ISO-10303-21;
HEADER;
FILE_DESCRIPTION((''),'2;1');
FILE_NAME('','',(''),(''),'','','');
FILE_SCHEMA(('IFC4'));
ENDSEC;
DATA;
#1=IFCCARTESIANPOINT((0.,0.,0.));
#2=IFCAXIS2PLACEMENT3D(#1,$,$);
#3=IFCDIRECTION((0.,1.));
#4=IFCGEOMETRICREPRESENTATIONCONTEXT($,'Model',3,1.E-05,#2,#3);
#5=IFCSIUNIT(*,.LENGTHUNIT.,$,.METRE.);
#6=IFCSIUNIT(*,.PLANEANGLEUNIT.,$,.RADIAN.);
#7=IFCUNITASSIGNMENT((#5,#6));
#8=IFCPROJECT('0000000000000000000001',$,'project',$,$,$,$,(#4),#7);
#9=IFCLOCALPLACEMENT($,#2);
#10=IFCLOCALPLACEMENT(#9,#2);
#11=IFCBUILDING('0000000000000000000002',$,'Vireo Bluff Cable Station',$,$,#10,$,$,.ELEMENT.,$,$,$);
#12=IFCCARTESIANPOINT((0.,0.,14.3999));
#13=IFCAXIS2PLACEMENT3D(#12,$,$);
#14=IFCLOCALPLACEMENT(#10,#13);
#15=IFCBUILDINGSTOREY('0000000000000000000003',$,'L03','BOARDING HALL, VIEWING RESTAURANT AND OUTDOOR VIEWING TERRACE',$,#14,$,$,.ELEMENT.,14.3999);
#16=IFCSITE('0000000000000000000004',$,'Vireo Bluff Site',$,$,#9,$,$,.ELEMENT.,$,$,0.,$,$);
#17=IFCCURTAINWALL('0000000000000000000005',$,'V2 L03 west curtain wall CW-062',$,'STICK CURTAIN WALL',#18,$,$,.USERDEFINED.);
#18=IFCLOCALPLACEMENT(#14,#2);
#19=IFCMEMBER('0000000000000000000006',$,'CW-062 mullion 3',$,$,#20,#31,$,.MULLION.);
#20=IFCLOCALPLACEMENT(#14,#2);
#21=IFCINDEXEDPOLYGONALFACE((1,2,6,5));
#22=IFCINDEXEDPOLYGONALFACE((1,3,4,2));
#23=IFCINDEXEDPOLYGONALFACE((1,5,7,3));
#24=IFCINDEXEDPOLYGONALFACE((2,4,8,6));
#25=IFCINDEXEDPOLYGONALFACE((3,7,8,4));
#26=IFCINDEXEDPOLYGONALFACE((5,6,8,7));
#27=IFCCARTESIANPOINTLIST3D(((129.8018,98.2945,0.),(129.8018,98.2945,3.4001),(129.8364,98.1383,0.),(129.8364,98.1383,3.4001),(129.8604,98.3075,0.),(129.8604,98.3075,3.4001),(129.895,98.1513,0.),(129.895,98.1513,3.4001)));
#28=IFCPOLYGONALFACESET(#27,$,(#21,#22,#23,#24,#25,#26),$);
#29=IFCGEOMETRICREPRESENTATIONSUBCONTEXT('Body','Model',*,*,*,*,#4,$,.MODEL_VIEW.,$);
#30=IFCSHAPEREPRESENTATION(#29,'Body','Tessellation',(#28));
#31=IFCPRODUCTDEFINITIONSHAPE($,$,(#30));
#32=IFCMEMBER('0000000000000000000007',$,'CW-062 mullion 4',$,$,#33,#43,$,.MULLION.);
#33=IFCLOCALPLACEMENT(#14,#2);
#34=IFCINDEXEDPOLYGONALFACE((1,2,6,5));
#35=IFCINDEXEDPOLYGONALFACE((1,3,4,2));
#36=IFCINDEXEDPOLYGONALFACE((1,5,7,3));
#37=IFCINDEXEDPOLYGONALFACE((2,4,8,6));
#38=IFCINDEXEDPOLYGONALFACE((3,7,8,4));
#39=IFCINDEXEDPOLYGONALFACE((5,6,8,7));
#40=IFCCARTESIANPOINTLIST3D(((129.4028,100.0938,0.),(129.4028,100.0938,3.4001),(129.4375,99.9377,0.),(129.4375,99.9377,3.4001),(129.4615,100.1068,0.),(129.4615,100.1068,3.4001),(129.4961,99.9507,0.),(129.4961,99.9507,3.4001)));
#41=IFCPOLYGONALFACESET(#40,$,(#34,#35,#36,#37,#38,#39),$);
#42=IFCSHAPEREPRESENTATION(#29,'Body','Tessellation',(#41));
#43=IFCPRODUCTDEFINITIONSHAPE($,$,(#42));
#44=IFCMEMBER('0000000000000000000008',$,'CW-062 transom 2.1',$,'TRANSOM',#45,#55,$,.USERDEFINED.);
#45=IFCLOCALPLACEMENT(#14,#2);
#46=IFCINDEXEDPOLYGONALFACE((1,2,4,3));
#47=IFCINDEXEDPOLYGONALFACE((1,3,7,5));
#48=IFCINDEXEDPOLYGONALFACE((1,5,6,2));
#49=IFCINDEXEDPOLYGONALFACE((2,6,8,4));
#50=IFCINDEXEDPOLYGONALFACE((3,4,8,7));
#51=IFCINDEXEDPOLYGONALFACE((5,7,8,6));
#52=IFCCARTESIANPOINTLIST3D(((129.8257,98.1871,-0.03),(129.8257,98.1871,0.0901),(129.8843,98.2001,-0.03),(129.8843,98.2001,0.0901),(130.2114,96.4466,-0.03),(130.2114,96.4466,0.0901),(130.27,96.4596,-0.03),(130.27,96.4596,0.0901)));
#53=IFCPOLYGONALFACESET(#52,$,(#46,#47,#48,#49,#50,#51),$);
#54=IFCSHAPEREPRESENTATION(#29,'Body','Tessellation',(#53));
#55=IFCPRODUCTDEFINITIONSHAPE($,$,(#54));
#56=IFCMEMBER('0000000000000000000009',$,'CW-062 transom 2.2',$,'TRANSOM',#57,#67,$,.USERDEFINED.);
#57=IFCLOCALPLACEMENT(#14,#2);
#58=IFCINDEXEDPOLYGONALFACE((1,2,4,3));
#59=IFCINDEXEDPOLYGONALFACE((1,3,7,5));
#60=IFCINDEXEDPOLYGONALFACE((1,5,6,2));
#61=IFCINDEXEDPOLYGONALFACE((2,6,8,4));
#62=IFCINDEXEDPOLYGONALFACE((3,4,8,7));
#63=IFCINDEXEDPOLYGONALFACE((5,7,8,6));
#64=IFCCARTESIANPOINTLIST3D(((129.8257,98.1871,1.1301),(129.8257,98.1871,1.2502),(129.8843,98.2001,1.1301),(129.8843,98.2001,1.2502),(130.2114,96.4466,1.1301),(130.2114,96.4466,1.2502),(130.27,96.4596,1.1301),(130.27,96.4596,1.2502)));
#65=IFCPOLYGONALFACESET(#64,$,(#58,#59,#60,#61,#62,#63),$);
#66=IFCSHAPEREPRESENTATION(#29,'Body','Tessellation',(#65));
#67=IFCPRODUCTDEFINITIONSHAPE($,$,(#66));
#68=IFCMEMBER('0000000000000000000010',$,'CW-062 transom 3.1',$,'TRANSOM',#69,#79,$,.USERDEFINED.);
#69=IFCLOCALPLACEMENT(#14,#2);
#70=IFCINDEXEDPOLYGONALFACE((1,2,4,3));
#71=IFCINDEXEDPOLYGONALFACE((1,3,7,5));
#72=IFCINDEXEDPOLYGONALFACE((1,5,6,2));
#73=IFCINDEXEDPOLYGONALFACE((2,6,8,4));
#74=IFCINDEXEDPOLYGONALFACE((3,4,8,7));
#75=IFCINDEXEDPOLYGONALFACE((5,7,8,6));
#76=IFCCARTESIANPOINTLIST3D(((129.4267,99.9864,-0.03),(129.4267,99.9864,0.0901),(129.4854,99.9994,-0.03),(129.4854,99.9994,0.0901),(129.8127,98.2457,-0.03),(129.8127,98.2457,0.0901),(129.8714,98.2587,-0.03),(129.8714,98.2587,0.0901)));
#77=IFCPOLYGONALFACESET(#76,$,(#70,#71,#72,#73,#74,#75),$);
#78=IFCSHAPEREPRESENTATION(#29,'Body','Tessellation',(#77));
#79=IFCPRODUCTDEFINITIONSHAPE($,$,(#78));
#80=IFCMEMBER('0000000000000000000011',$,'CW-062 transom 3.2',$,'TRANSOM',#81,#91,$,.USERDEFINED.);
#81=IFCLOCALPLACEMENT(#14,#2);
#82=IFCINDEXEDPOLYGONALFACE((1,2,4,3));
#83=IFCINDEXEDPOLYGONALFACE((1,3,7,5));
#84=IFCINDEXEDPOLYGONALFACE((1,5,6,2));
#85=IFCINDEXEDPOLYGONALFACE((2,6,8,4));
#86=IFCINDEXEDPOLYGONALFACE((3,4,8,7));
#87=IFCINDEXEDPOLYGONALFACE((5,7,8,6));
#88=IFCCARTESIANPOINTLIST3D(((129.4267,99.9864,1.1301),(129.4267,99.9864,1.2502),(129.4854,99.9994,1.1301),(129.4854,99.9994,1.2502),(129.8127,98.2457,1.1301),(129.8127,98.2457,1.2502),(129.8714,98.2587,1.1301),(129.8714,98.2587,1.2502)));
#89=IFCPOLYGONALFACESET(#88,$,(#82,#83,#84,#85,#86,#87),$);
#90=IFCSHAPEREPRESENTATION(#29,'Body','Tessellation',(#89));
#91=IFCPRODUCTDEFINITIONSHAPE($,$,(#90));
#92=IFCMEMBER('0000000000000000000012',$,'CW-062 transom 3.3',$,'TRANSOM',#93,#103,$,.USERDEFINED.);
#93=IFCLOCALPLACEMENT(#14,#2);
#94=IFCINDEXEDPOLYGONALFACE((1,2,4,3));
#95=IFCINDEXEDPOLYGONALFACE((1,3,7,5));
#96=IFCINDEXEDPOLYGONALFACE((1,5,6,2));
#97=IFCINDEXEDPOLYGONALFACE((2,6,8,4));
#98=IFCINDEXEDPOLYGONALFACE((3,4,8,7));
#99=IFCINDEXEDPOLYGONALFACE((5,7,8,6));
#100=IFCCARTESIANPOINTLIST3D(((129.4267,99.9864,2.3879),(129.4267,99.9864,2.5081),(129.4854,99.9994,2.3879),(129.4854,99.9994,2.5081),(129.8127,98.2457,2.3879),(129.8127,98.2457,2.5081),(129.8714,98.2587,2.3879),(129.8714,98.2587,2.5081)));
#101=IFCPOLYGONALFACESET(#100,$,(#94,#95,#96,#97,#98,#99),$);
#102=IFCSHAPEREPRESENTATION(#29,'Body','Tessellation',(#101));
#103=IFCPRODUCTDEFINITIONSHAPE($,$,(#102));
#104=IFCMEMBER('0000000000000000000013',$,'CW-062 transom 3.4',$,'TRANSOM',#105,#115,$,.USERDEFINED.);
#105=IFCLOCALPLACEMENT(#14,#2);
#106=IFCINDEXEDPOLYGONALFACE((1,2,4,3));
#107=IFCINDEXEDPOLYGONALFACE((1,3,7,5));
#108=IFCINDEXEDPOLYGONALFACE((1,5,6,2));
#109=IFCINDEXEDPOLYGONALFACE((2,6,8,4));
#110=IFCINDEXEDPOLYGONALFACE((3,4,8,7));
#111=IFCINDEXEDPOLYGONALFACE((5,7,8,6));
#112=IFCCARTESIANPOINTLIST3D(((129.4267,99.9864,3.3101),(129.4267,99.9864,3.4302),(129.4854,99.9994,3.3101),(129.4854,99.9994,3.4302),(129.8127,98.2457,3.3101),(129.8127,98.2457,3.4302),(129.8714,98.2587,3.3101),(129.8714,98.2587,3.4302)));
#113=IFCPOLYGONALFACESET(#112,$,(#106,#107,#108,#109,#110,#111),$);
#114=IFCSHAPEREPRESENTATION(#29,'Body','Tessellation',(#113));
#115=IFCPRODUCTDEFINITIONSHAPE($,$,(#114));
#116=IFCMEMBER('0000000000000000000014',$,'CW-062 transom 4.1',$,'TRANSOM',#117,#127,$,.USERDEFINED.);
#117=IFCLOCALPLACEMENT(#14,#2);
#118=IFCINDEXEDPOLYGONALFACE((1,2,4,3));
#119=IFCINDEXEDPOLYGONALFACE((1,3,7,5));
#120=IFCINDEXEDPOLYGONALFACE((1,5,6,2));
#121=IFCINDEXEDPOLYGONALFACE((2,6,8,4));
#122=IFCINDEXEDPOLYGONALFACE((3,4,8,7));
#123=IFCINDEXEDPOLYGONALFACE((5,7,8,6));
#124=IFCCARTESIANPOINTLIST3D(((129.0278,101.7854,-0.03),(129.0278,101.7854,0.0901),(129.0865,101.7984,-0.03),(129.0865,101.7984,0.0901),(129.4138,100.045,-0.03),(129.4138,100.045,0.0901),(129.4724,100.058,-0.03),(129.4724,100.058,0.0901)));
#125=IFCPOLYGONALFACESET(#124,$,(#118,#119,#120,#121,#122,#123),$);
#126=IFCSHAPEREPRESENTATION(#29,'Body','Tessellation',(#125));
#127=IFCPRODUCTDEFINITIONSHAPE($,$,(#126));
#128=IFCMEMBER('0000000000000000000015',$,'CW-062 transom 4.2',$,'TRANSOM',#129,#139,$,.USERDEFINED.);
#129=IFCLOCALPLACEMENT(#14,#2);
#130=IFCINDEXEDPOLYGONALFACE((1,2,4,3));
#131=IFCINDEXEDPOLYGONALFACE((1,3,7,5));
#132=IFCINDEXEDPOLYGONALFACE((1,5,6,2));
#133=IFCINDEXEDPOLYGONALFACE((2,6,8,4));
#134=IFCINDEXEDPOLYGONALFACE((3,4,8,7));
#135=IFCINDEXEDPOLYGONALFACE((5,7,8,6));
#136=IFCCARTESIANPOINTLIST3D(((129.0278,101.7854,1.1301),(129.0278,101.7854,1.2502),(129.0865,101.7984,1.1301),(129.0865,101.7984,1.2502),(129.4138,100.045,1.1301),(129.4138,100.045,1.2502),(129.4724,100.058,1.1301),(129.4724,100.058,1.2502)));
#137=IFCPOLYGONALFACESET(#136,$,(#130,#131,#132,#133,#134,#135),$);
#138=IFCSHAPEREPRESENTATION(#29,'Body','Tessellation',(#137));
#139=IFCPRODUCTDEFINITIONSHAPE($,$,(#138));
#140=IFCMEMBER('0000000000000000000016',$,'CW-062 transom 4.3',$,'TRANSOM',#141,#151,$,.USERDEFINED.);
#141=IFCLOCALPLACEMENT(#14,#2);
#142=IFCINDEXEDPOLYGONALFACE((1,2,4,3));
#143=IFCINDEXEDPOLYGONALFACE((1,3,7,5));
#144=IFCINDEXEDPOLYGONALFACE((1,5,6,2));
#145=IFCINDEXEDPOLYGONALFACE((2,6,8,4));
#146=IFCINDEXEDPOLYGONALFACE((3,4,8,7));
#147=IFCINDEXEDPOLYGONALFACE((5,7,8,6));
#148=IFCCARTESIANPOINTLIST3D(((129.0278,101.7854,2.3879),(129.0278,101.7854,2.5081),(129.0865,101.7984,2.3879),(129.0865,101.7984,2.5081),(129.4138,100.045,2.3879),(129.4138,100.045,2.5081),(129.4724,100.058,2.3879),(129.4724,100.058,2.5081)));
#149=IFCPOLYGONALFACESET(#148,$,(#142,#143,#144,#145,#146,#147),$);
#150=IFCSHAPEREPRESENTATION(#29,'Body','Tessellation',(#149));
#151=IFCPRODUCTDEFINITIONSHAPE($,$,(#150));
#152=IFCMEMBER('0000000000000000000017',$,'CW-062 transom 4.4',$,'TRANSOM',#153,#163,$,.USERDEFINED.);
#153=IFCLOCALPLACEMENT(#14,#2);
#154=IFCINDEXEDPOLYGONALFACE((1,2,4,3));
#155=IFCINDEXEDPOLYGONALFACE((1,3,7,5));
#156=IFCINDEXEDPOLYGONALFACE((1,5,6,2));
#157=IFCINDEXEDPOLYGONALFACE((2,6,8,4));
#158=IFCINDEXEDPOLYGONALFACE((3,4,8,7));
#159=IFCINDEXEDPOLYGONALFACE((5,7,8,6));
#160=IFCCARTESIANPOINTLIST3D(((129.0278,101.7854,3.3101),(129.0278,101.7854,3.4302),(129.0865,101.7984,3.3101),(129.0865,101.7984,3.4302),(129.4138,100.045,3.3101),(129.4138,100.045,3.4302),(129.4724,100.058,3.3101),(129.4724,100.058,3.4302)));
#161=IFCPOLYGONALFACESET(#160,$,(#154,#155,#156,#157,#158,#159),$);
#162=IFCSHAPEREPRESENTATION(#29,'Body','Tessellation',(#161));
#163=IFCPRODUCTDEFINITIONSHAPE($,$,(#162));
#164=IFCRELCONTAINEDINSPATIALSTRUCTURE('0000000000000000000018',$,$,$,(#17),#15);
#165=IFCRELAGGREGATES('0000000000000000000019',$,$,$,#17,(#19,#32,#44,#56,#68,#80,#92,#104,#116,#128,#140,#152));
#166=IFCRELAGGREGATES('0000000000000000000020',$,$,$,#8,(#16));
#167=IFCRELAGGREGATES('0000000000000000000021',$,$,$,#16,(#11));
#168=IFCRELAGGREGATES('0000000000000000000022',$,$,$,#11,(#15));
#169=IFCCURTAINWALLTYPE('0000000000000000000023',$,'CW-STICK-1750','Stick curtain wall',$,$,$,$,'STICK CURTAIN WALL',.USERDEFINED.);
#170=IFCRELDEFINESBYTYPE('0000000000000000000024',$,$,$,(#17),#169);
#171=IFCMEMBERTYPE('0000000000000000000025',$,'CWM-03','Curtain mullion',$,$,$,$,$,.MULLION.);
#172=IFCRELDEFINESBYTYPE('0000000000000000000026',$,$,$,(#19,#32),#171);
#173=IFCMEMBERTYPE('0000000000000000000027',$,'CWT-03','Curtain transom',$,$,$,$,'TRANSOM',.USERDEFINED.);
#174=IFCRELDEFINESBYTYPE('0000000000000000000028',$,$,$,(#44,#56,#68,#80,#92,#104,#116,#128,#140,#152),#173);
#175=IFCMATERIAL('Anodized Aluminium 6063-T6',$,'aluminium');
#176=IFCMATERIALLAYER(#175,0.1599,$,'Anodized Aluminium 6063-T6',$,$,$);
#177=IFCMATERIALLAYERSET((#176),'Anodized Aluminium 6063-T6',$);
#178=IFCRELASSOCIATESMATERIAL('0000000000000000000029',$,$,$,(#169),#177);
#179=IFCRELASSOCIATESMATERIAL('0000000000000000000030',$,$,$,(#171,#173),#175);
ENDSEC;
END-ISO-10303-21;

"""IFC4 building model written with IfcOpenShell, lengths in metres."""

from ifc_helpers import new_model, si_unit, direction, frame, origin, origin_2d, place, context, subcontext, project, spatial, rectangle, extrude, material, layer, layer_set, material_profile, profile_set, type_object, element, aggregate, save


model = new_model("IFC4")

# Units and contexts
model_context = context("Model", 3, precision=1e-05, world=origin(), true_north=direction((0.0, 1.0)))
body_context = subcontext(model_context, "Body", "Model", "MODEL_VIEW")
ifc_project = project(units=[si_unit("LENGTHUNIT", "METRE"), si_unit("PLANEANGLEUNIT", "RADIAN")], contexts=[model_context])

# Site, building, storey
site_placement = place(None, origin())
site = spatial("IfcSite", under=ifc_project, at=site_placement, Name="Vireo Bluff Site", CompositionType="ELEMENT", RefElevation=0.0)
building_placement = place(site_placement, origin())
building = spatial("IfcBuilding", under=site, at=building_placement, Name="Vireo Bluff Cable Station", CompositionType="ELEMENT")
storey_placement = place(building_placement, frame((0.0, 0.0, 14.3999)))
storey = spatial("IfcBuildingStorey", under=building, at=storey_placement, Name="L03", Description="BOARDING HALL, VIEWING RESTAURANT AND OUTDOOR VIEWING TERRACE", CompositionType="ELEMENT", Elevation=14.3999)

# Curtain wall, members
ifc_material_1 = material(Name="Anodized Aluminium 6063-T6", Category="aluminium")
ifc_layer_1 = layer(ifc_material_1, 0.1599, Name="Anodized Aluminium 6063-T6")
ifc_layer_set_1 = layer_set([ifc_layer_1], Name="Anodized Aluminium 6063-T6")
curtain_wall_type = type_object("IfcCurtainWallType", Name="CW-STICK-1750", Description="Stick curtain wall", ElementType="STICK CURTAIN WALL", PredefinedType="USERDEFINED", material=ifc_layer_set_1)
curtain_wall_placement = place(storey_placement, origin())
curtain_wall = element("IfcCurtainWall", 1, at=curtain_wall_placement, inside=storey, type_object=curtain_wall_type, Name="V2 L03 west curtain wall CW-062", ObjectType="STICK CURTAIN WALL", PredefinedType="USERDEFINED")
ifc_material_profile_1 = material_profile(ifc_material_1, rectangle(XDim=0.0601, YDim=0.1599, at=origin_2d()), Name="ALU-M-60X160")
ifc_profile_set_1 = profile_set([ifc_material_profile_1], Name="Anodized Aluminium 6063-T6")
member_type_1 = type_object("IfcMemberType", Name="CWM-03", Description="Curtain mullion", PredefinedType="MULLION", material=ifc_profile_set_1)
member_1_placement = place(storey_placement, frame((129.8484, 98.2229, 0.0), z_axis=(0.0, 0.0, 1.0), x_axis=(-0.976296, -0.21644, 0.0)))
member_1 = element("IfcMember", 2, at=member_1_placement, type_object=member_type_1, Name="CW-062 mullion 3", PredefinedType="MULLION", context=body_context, shape_type="SweptSolid", body=[
    extrude(rectangle(XDim=0.0601, YDim=0.1599, at=origin_2d()), origin(), (0.0, 0.0, 1.0), 3.4001),
])
member_2_placement = place(storey_placement, frame((129.4495, 100.0222, 0.0), z_axis=(0.0, 0.0, 1.0), x_axis=(-0.976296, -0.21644, 0.0)))
member_2 = element("IfcMember", 3, at=member_2_placement, type_object=member_type_1, Name="CW-062 mullion 4", PredefinedType="MULLION", context=body_context, shape_type="SweptSolid", body=[
    extrude(rectangle(XDim=0.0601, YDim=0.1599, at=origin_2d()), origin(), (0.0, 0.0, 1.0), 3.4001),
])
ifc_material_profile_2 = material_profile(ifc_material_1, rectangle(XDim=0.0601, YDim=0.1201, at=origin_2d()), Name="ALU-T-60X120")
ifc_profile_set_2 = profile_set([ifc_material_profile_2], Name="Anodized Aluminium 6063-T6")
member_type_2 = type_object("IfcMemberType", Name="CWT-03", Description="Curtain transom", ElementType="TRANSOM", PredefinedType="USERDEFINED", material=ifc_profile_set_2)
member_3_placement = place(storey_placement, frame((130.2407, 96.4531, 0.03), z_axis=(-0.216379, 0.976309, 0.0), x_axis=(-0.976309, -0.216379, 0.0)))
member_3 = element("IfcMember", 4, at=member_3_placement, type_object=member_type_2, Name="CW-062 transom 2.1", ObjectType="TRANSOM", PredefinedType="USERDEFINED", context=body_context, shape_type="SweptSolid", body=[
    extrude(rectangle(XDim=0.0601, YDim=0.1201, at=origin_2d()), origin(), (0.0, 0.0, 1.0), 1.7827),
])
member_4_placement = place(storey_placement, frame((130.2407, 96.4531, 1.1902), z_axis=(-0.216379, 0.976309, 0.0), x_axis=(-0.976309, -0.216379, 0.0)))
member_4 = element("IfcMember", 5, at=member_4_placement, type_object=member_type_2, Name="CW-062 transom 2.2", ObjectType="TRANSOM", PredefinedType="USERDEFINED", context=body_context, shape_type="SweptSolid", body=[
    extrude(rectangle(XDim=0.0601, YDim=0.1201, at=origin_2d()), origin(), (0.0, 0.0, 1.0), 1.7827),
])
member_5_placement = place(storey_placement, frame((129.842, 98.2522, 0.03), z_axis=(-0.216481, 0.976287, 0.0), x_axis=(-0.976287, -0.216481, 0.0)))
member_5 = element("IfcMember", 6, at=member_5_placement, type_object=member_type_2, Name="CW-062 transom 3.1", ObjectType="TRANSOM", PredefinedType="USERDEFINED", context=body_context, shape_type="SweptSolid", body=[
    extrude(rectangle(XDim=0.0601, YDim=0.1201, at=origin_2d()), origin(), (0.0, 0.0, 1.0), 1.783),
])
member_6_placement = place(storey_placement, frame((129.842, 98.2522, 1.1902), z_axis=(-0.216481, 0.976287, 0.0), x_axis=(-0.976287, -0.216481, 0.0)))
member_6 = element("IfcMember", 7, at=member_6_placement, type_object=member_type_2, Name="CW-062 transom 3.2", ObjectType="TRANSOM", PredefinedType="USERDEFINED", context=body_context, shape_type="SweptSolid", body=[
    extrude(rectangle(XDim=0.0601, YDim=0.1201, at=origin_2d()), origin(), (0.0, 0.0, 1.0), 1.783),
])
member_7_placement = place(storey_placement, frame((129.842, 98.2522, 2.448), z_axis=(-0.216481, 0.976287, 0.0), x_axis=(-0.976287, -0.216481, 0.0)))
member_7 = element("IfcMember", 8, at=member_7_placement, type_object=member_type_2, Name="CW-062 transom 3.3", ObjectType="TRANSOM", PredefinedType="USERDEFINED", context=body_context, shape_type="SweptSolid", body=[
    extrude(rectangle(XDim=0.0601, YDim=0.1201, at=origin_2d()), origin(), (0.0, 0.0, 1.0), 1.783),
])
member_8_placement = place(storey_placement, frame((129.842, 98.2522, 3.3701), z_axis=(-0.216481, 0.976287, 0.0), x_axis=(-0.976287, -0.216481, 0.0)))
member_8 = element("IfcMember", 9, at=member_8_placement, type_object=member_type_2, Name="CW-062 transom 3.4", ObjectType="TRANSOM", PredefinedType="USERDEFINED", context=body_context, shape_type="SweptSolid", body=[
    extrude(rectangle(XDim=0.0601, YDim=0.1201, at=origin_2d()), origin(), (0.0, 0.0, 1.0), 1.783),
])
member_9_placement = place(storey_placement, frame((129.4431, 100.0515, 0.03), z_axis=(-0.21651, 0.97628, 0.0), x_axis=(-0.97628, -0.21651, 0.0)))
member_9 = element("IfcMember", 10, at=member_9_placement, type_object=member_type_2, Name="CW-062 transom 4.1", ObjectType="TRANSOM", PredefinedType="USERDEFINED", context=body_context, shape_type="SweptSolid", body=[
    extrude(rectangle(XDim=0.0601, YDim=0.1201, at=origin_2d()), origin(), (0.0, 0.0, 1.0), 1.7827),
])
member_10_placement = place(storey_placement, frame((129.4431, 100.0515, 1.1902), z_axis=(-0.21651, 0.97628, 0.0), x_axis=(-0.97628, -0.21651, 0.0)))
member_10 = element("IfcMember", 11, at=member_10_placement, type_object=member_type_2, Name="CW-062 transom 4.2", ObjectType="TRANSOM", PredefinedType="USERDEFINED", context=body_context, shape_type="SweptSolid", body=[
    extrude(rectangle(XDim=0.0601, YDim=0.1201, at=origin_2d()), origin(), (0.0, 0.0, 1.0), 1.7827),
])
member_11_placement = place(storey_placement, frame((129.4431, 100.0515, 2.448), z_axis=(-0.21651, 0.97628, 0.0), x_axis=(-0.97628, -0.21651, 0.0)))
member_11 = element("IfcMember", 12, at=member_11_placement, type_object=member_type_2, Name="CW-062 transom 4.3", ObjectType="TRANSOM", PredefinedType="USERDEFINED", context=body_context, shape_type="SweptSolid", body=[
    extrude(rectangle(XDim=0.0601, YDim=0.1201, at=origin_2d()), origin(), (0.0, 0.0, 1.0), 1.7827),
])
member_12_placement = place(storey_placement, frame((129.4431, 100.0515, 3.3701), z_axis=(-0.21651, 0.97628, 0.0), x_axis=(-0.97628, -0.21651, 0.0)))
member_12 = element("IfcMember", 13, at=member_12_placement, type_object=member_type_2, Name="CW-062 transom 4.4", ObjectType="TRANSOM", PredefinedType="USERDEFINED", context=body_context, shape_type="SweptSolid", body=[
    extrude(rectangle(XDim=0.0601, YDim=0.1201, at=origin_2d()), origin(), (0.0, 0.0, 1.0), 1.7827),
])

aggregate(curtain_wall, [member_1, member_2, member_3, member_4, member_5, member_6, member_7, member_8, member_9, member_10, member_11, member_12])

save(model, "model.ifc")
